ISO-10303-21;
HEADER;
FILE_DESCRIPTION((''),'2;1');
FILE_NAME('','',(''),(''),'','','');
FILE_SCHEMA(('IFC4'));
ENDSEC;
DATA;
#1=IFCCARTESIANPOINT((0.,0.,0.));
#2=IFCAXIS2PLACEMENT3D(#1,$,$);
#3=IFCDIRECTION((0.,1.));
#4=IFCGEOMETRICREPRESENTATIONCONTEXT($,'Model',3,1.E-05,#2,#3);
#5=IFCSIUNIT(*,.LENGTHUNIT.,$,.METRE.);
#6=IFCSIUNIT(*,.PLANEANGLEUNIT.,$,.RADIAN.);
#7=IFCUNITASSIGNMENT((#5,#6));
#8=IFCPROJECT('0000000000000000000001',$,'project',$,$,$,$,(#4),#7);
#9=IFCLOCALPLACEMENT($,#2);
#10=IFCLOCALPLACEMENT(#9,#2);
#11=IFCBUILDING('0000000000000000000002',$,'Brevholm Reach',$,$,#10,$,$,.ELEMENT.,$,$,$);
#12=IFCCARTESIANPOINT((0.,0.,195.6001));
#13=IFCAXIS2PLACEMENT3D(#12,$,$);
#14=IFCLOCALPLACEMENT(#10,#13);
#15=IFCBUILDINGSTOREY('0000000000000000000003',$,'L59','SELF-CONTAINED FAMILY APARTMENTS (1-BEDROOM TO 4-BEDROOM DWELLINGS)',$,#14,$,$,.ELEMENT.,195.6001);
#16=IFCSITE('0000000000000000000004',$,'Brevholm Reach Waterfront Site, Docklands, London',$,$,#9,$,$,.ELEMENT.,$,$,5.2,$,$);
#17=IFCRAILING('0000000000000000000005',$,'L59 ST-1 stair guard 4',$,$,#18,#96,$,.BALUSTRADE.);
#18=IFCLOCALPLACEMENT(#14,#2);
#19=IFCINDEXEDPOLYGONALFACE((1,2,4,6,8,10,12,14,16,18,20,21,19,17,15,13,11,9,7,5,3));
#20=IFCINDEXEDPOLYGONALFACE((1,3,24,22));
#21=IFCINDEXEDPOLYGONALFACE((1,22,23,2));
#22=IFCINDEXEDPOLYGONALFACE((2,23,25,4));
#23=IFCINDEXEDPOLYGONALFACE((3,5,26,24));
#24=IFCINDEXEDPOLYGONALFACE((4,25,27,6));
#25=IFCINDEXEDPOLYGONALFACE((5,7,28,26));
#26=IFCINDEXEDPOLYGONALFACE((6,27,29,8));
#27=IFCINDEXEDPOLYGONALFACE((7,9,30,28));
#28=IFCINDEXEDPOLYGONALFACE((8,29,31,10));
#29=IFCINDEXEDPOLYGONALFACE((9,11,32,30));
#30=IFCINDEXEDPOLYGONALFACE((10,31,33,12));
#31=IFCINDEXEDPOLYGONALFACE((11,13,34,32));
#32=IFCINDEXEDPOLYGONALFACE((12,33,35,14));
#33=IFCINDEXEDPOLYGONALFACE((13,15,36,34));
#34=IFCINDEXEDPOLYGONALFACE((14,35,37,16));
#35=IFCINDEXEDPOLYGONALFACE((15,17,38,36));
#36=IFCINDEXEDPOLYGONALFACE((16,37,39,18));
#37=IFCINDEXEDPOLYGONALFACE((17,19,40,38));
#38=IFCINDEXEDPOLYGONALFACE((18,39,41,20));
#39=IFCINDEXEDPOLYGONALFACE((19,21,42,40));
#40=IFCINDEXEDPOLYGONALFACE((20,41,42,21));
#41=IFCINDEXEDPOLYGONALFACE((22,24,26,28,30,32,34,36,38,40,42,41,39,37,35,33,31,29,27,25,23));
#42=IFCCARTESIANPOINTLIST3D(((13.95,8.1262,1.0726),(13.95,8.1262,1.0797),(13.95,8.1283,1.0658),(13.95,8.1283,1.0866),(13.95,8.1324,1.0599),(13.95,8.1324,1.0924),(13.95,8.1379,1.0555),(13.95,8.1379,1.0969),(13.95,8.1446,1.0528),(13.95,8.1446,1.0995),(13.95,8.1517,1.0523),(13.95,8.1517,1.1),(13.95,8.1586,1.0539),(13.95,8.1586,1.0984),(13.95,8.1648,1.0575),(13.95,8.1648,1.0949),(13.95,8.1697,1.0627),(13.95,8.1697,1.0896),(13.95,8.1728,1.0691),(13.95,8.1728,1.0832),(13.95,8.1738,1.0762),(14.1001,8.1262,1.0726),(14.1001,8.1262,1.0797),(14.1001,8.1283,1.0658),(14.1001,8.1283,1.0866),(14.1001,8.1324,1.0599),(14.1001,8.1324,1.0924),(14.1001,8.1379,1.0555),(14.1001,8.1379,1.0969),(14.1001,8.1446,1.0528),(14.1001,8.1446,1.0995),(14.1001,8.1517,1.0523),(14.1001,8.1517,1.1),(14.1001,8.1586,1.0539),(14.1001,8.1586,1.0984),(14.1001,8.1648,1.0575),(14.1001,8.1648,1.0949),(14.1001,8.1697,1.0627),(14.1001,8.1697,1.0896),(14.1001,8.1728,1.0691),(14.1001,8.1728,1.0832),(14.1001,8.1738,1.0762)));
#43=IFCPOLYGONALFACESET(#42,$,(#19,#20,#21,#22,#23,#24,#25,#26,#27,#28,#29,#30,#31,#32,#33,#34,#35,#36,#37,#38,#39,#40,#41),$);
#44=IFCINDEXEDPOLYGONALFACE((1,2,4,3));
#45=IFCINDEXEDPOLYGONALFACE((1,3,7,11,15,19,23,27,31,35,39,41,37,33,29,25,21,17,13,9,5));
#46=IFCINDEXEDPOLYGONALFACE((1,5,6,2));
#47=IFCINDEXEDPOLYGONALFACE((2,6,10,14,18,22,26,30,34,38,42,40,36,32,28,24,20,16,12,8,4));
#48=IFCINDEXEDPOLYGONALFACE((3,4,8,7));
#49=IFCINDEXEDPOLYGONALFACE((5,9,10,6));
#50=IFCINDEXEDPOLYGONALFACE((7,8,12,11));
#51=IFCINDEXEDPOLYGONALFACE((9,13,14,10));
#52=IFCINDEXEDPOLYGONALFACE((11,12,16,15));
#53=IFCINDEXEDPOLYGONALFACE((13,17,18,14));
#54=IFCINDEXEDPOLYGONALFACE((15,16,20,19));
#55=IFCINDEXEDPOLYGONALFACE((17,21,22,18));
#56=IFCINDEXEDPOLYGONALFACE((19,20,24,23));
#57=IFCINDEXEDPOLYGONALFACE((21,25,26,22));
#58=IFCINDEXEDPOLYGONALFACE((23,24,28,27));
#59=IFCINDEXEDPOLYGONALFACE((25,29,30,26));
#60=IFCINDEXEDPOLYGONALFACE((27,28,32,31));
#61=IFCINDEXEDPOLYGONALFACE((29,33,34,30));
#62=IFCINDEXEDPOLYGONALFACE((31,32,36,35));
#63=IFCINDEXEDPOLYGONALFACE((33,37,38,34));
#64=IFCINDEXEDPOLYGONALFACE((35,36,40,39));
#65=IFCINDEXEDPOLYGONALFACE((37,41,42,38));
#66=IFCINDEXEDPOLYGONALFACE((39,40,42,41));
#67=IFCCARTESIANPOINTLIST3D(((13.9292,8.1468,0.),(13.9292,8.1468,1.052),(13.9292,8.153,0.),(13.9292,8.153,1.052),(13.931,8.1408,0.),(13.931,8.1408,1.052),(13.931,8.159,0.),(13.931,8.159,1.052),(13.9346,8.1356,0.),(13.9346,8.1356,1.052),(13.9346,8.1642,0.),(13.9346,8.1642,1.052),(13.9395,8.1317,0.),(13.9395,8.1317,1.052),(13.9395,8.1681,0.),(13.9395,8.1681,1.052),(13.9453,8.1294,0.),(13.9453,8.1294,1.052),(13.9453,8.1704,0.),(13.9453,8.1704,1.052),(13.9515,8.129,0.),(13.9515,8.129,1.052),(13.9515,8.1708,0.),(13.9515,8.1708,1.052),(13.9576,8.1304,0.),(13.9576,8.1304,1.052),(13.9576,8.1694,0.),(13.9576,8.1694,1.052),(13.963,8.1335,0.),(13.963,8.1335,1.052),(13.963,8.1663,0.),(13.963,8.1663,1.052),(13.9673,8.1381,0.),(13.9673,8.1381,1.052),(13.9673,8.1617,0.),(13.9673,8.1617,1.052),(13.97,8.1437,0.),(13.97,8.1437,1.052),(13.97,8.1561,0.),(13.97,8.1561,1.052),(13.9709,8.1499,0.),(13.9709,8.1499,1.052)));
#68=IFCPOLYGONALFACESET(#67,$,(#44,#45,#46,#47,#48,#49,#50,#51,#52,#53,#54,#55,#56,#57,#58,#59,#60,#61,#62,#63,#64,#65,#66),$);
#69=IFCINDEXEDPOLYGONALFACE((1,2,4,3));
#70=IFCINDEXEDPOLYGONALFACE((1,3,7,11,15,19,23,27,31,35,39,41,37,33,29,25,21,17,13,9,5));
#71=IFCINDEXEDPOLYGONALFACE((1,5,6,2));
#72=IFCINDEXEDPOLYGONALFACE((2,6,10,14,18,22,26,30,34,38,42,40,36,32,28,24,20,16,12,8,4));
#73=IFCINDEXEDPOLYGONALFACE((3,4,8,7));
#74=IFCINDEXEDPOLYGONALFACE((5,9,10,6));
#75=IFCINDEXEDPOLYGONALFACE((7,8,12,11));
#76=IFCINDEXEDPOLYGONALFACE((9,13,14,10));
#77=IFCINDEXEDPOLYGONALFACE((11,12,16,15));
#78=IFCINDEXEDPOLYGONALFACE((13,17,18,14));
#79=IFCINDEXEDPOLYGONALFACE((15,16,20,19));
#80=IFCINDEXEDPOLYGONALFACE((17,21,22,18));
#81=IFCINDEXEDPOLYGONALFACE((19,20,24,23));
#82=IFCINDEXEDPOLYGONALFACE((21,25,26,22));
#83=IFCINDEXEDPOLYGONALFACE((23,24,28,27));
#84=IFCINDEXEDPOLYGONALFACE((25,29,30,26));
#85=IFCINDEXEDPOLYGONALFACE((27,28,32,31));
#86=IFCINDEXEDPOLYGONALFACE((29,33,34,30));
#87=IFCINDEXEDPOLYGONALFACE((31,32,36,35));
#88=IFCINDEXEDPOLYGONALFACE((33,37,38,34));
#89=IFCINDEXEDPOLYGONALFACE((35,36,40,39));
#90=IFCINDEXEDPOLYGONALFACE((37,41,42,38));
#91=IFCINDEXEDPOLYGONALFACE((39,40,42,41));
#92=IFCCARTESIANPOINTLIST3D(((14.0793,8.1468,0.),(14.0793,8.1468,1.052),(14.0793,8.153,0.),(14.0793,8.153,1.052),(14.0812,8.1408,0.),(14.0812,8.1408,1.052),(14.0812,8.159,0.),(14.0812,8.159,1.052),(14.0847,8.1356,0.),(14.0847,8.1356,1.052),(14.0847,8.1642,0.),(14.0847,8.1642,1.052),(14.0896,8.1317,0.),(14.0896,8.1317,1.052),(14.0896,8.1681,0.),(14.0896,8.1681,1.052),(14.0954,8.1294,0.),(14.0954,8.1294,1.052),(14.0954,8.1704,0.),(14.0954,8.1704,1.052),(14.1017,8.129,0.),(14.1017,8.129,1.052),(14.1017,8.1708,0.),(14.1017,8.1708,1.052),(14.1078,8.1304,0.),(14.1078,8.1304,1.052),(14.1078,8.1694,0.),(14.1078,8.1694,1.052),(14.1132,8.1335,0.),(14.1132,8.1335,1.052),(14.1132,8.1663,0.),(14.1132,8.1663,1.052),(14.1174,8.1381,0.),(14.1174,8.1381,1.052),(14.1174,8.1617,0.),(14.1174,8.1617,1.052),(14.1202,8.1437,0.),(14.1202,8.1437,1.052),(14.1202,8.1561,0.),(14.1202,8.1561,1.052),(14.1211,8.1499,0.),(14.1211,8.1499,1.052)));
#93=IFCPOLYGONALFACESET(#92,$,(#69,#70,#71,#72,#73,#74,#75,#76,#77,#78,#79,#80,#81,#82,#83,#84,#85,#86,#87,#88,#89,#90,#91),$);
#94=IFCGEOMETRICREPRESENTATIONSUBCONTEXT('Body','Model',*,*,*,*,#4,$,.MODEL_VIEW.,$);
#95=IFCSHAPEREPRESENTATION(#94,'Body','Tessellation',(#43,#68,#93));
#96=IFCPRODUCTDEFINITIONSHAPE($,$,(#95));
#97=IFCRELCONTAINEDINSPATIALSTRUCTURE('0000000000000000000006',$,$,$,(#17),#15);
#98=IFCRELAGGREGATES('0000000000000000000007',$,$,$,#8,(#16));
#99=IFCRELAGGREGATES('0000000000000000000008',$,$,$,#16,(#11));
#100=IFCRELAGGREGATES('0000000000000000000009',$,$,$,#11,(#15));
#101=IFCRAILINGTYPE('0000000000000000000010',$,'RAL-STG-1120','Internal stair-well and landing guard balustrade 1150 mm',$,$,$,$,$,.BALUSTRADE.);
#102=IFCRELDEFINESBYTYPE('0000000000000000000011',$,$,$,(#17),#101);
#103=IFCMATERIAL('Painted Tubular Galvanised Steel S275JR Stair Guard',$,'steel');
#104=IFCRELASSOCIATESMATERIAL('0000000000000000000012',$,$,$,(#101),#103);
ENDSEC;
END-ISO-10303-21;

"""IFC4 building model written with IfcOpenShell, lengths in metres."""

from ifc_helpers import new_model, si_unit, direction, frame, origin, origin_2d, place, context, subcontext, project, spatial, circle, extrude, material, type_object, element, save


model = new_model("IFC4")

# Units and contexts
model_context = context("Model", 3, precision=1e-05, world=origin(), true_north=direction((0.0, 1.0)))
body_context = subcontext(model_context, "Body", "Model", "MODEL_VIEW")
ifc_project = project(units=[si_unit("LENGTHUNIT", "METRE"), si_unit("PLANEANGLEUNIT", "RADIAN")], contexts=[model_context])

# Site, building, storey
site_placement = place(None, origin())
site = spatial("IfcSite", under=ifc_project, at=site_placement, Name="Brevholm Reach Waterfront Site, Docklands, London", CompositionType="ELEMENT", RefElevation=5.2)
building_placement = place(site_placement, origin())
building = spatial("IfcBuilding", under=site, at=building_placement, Name="Brevholm Reach", CompositionType="ELEMENT")
storey_placement = place(building_placement, frame((0.0, 0.0, 195.6001)))
storey = spatial("IfcBuildingStorey", under=building, at=storey_placement, Name="L59", Description="SELF-CONTAINED FAMILY APARTMENTS (1-BEDROOM TO 4-BEDROOM DWELLINGS)", CompositionType="ELEMENT", Elevation=195.6001)

# Railing
ifc_material_1 = material(Name="Painted Tubular Galvanised Steel S275JR Stair Guard", Category="steel")
railing_type = type_object("IfcRailingType", Name="RAL-STG-1120", Description="Internal stair-well and landing guard balustrade 1150 mm", PredefinedType="BALUSTRADE", material=ifc_material_1)
railing_placement = place(storey_placement, frame((13.95, 8.1499, 0.0)))
element("IfcRailing", 1, at=railing_placement, inside=storey, type_object=railing_type, Name="L59 ST-1 stair guard 4", PredefinedType="BALUSTRADE", context=body_context, shape_type="SweptSolid", body=[
    extrude(circle(Radius=0.0239, at=origin_2d()), frame((0.0, 0.0, 1.0762), z_axis=(1.0, 0.0, 0.0), x_axis=(0.0, 1.0, 0.0)), (0.0, 0.0, 1.0), 0.1501),
    extrude(circle(Radius=0.021, at=origin_2d()), origin(), (0.0, 0.0, 1.0), 1.052),
    extrude(circle(Radius=0.021, at=origin_2d()), frame((0.1501, 0.0, 0.0)), (0.0, 0.0, 1.0), 1.052),
])

save(model, "model.ifc")
